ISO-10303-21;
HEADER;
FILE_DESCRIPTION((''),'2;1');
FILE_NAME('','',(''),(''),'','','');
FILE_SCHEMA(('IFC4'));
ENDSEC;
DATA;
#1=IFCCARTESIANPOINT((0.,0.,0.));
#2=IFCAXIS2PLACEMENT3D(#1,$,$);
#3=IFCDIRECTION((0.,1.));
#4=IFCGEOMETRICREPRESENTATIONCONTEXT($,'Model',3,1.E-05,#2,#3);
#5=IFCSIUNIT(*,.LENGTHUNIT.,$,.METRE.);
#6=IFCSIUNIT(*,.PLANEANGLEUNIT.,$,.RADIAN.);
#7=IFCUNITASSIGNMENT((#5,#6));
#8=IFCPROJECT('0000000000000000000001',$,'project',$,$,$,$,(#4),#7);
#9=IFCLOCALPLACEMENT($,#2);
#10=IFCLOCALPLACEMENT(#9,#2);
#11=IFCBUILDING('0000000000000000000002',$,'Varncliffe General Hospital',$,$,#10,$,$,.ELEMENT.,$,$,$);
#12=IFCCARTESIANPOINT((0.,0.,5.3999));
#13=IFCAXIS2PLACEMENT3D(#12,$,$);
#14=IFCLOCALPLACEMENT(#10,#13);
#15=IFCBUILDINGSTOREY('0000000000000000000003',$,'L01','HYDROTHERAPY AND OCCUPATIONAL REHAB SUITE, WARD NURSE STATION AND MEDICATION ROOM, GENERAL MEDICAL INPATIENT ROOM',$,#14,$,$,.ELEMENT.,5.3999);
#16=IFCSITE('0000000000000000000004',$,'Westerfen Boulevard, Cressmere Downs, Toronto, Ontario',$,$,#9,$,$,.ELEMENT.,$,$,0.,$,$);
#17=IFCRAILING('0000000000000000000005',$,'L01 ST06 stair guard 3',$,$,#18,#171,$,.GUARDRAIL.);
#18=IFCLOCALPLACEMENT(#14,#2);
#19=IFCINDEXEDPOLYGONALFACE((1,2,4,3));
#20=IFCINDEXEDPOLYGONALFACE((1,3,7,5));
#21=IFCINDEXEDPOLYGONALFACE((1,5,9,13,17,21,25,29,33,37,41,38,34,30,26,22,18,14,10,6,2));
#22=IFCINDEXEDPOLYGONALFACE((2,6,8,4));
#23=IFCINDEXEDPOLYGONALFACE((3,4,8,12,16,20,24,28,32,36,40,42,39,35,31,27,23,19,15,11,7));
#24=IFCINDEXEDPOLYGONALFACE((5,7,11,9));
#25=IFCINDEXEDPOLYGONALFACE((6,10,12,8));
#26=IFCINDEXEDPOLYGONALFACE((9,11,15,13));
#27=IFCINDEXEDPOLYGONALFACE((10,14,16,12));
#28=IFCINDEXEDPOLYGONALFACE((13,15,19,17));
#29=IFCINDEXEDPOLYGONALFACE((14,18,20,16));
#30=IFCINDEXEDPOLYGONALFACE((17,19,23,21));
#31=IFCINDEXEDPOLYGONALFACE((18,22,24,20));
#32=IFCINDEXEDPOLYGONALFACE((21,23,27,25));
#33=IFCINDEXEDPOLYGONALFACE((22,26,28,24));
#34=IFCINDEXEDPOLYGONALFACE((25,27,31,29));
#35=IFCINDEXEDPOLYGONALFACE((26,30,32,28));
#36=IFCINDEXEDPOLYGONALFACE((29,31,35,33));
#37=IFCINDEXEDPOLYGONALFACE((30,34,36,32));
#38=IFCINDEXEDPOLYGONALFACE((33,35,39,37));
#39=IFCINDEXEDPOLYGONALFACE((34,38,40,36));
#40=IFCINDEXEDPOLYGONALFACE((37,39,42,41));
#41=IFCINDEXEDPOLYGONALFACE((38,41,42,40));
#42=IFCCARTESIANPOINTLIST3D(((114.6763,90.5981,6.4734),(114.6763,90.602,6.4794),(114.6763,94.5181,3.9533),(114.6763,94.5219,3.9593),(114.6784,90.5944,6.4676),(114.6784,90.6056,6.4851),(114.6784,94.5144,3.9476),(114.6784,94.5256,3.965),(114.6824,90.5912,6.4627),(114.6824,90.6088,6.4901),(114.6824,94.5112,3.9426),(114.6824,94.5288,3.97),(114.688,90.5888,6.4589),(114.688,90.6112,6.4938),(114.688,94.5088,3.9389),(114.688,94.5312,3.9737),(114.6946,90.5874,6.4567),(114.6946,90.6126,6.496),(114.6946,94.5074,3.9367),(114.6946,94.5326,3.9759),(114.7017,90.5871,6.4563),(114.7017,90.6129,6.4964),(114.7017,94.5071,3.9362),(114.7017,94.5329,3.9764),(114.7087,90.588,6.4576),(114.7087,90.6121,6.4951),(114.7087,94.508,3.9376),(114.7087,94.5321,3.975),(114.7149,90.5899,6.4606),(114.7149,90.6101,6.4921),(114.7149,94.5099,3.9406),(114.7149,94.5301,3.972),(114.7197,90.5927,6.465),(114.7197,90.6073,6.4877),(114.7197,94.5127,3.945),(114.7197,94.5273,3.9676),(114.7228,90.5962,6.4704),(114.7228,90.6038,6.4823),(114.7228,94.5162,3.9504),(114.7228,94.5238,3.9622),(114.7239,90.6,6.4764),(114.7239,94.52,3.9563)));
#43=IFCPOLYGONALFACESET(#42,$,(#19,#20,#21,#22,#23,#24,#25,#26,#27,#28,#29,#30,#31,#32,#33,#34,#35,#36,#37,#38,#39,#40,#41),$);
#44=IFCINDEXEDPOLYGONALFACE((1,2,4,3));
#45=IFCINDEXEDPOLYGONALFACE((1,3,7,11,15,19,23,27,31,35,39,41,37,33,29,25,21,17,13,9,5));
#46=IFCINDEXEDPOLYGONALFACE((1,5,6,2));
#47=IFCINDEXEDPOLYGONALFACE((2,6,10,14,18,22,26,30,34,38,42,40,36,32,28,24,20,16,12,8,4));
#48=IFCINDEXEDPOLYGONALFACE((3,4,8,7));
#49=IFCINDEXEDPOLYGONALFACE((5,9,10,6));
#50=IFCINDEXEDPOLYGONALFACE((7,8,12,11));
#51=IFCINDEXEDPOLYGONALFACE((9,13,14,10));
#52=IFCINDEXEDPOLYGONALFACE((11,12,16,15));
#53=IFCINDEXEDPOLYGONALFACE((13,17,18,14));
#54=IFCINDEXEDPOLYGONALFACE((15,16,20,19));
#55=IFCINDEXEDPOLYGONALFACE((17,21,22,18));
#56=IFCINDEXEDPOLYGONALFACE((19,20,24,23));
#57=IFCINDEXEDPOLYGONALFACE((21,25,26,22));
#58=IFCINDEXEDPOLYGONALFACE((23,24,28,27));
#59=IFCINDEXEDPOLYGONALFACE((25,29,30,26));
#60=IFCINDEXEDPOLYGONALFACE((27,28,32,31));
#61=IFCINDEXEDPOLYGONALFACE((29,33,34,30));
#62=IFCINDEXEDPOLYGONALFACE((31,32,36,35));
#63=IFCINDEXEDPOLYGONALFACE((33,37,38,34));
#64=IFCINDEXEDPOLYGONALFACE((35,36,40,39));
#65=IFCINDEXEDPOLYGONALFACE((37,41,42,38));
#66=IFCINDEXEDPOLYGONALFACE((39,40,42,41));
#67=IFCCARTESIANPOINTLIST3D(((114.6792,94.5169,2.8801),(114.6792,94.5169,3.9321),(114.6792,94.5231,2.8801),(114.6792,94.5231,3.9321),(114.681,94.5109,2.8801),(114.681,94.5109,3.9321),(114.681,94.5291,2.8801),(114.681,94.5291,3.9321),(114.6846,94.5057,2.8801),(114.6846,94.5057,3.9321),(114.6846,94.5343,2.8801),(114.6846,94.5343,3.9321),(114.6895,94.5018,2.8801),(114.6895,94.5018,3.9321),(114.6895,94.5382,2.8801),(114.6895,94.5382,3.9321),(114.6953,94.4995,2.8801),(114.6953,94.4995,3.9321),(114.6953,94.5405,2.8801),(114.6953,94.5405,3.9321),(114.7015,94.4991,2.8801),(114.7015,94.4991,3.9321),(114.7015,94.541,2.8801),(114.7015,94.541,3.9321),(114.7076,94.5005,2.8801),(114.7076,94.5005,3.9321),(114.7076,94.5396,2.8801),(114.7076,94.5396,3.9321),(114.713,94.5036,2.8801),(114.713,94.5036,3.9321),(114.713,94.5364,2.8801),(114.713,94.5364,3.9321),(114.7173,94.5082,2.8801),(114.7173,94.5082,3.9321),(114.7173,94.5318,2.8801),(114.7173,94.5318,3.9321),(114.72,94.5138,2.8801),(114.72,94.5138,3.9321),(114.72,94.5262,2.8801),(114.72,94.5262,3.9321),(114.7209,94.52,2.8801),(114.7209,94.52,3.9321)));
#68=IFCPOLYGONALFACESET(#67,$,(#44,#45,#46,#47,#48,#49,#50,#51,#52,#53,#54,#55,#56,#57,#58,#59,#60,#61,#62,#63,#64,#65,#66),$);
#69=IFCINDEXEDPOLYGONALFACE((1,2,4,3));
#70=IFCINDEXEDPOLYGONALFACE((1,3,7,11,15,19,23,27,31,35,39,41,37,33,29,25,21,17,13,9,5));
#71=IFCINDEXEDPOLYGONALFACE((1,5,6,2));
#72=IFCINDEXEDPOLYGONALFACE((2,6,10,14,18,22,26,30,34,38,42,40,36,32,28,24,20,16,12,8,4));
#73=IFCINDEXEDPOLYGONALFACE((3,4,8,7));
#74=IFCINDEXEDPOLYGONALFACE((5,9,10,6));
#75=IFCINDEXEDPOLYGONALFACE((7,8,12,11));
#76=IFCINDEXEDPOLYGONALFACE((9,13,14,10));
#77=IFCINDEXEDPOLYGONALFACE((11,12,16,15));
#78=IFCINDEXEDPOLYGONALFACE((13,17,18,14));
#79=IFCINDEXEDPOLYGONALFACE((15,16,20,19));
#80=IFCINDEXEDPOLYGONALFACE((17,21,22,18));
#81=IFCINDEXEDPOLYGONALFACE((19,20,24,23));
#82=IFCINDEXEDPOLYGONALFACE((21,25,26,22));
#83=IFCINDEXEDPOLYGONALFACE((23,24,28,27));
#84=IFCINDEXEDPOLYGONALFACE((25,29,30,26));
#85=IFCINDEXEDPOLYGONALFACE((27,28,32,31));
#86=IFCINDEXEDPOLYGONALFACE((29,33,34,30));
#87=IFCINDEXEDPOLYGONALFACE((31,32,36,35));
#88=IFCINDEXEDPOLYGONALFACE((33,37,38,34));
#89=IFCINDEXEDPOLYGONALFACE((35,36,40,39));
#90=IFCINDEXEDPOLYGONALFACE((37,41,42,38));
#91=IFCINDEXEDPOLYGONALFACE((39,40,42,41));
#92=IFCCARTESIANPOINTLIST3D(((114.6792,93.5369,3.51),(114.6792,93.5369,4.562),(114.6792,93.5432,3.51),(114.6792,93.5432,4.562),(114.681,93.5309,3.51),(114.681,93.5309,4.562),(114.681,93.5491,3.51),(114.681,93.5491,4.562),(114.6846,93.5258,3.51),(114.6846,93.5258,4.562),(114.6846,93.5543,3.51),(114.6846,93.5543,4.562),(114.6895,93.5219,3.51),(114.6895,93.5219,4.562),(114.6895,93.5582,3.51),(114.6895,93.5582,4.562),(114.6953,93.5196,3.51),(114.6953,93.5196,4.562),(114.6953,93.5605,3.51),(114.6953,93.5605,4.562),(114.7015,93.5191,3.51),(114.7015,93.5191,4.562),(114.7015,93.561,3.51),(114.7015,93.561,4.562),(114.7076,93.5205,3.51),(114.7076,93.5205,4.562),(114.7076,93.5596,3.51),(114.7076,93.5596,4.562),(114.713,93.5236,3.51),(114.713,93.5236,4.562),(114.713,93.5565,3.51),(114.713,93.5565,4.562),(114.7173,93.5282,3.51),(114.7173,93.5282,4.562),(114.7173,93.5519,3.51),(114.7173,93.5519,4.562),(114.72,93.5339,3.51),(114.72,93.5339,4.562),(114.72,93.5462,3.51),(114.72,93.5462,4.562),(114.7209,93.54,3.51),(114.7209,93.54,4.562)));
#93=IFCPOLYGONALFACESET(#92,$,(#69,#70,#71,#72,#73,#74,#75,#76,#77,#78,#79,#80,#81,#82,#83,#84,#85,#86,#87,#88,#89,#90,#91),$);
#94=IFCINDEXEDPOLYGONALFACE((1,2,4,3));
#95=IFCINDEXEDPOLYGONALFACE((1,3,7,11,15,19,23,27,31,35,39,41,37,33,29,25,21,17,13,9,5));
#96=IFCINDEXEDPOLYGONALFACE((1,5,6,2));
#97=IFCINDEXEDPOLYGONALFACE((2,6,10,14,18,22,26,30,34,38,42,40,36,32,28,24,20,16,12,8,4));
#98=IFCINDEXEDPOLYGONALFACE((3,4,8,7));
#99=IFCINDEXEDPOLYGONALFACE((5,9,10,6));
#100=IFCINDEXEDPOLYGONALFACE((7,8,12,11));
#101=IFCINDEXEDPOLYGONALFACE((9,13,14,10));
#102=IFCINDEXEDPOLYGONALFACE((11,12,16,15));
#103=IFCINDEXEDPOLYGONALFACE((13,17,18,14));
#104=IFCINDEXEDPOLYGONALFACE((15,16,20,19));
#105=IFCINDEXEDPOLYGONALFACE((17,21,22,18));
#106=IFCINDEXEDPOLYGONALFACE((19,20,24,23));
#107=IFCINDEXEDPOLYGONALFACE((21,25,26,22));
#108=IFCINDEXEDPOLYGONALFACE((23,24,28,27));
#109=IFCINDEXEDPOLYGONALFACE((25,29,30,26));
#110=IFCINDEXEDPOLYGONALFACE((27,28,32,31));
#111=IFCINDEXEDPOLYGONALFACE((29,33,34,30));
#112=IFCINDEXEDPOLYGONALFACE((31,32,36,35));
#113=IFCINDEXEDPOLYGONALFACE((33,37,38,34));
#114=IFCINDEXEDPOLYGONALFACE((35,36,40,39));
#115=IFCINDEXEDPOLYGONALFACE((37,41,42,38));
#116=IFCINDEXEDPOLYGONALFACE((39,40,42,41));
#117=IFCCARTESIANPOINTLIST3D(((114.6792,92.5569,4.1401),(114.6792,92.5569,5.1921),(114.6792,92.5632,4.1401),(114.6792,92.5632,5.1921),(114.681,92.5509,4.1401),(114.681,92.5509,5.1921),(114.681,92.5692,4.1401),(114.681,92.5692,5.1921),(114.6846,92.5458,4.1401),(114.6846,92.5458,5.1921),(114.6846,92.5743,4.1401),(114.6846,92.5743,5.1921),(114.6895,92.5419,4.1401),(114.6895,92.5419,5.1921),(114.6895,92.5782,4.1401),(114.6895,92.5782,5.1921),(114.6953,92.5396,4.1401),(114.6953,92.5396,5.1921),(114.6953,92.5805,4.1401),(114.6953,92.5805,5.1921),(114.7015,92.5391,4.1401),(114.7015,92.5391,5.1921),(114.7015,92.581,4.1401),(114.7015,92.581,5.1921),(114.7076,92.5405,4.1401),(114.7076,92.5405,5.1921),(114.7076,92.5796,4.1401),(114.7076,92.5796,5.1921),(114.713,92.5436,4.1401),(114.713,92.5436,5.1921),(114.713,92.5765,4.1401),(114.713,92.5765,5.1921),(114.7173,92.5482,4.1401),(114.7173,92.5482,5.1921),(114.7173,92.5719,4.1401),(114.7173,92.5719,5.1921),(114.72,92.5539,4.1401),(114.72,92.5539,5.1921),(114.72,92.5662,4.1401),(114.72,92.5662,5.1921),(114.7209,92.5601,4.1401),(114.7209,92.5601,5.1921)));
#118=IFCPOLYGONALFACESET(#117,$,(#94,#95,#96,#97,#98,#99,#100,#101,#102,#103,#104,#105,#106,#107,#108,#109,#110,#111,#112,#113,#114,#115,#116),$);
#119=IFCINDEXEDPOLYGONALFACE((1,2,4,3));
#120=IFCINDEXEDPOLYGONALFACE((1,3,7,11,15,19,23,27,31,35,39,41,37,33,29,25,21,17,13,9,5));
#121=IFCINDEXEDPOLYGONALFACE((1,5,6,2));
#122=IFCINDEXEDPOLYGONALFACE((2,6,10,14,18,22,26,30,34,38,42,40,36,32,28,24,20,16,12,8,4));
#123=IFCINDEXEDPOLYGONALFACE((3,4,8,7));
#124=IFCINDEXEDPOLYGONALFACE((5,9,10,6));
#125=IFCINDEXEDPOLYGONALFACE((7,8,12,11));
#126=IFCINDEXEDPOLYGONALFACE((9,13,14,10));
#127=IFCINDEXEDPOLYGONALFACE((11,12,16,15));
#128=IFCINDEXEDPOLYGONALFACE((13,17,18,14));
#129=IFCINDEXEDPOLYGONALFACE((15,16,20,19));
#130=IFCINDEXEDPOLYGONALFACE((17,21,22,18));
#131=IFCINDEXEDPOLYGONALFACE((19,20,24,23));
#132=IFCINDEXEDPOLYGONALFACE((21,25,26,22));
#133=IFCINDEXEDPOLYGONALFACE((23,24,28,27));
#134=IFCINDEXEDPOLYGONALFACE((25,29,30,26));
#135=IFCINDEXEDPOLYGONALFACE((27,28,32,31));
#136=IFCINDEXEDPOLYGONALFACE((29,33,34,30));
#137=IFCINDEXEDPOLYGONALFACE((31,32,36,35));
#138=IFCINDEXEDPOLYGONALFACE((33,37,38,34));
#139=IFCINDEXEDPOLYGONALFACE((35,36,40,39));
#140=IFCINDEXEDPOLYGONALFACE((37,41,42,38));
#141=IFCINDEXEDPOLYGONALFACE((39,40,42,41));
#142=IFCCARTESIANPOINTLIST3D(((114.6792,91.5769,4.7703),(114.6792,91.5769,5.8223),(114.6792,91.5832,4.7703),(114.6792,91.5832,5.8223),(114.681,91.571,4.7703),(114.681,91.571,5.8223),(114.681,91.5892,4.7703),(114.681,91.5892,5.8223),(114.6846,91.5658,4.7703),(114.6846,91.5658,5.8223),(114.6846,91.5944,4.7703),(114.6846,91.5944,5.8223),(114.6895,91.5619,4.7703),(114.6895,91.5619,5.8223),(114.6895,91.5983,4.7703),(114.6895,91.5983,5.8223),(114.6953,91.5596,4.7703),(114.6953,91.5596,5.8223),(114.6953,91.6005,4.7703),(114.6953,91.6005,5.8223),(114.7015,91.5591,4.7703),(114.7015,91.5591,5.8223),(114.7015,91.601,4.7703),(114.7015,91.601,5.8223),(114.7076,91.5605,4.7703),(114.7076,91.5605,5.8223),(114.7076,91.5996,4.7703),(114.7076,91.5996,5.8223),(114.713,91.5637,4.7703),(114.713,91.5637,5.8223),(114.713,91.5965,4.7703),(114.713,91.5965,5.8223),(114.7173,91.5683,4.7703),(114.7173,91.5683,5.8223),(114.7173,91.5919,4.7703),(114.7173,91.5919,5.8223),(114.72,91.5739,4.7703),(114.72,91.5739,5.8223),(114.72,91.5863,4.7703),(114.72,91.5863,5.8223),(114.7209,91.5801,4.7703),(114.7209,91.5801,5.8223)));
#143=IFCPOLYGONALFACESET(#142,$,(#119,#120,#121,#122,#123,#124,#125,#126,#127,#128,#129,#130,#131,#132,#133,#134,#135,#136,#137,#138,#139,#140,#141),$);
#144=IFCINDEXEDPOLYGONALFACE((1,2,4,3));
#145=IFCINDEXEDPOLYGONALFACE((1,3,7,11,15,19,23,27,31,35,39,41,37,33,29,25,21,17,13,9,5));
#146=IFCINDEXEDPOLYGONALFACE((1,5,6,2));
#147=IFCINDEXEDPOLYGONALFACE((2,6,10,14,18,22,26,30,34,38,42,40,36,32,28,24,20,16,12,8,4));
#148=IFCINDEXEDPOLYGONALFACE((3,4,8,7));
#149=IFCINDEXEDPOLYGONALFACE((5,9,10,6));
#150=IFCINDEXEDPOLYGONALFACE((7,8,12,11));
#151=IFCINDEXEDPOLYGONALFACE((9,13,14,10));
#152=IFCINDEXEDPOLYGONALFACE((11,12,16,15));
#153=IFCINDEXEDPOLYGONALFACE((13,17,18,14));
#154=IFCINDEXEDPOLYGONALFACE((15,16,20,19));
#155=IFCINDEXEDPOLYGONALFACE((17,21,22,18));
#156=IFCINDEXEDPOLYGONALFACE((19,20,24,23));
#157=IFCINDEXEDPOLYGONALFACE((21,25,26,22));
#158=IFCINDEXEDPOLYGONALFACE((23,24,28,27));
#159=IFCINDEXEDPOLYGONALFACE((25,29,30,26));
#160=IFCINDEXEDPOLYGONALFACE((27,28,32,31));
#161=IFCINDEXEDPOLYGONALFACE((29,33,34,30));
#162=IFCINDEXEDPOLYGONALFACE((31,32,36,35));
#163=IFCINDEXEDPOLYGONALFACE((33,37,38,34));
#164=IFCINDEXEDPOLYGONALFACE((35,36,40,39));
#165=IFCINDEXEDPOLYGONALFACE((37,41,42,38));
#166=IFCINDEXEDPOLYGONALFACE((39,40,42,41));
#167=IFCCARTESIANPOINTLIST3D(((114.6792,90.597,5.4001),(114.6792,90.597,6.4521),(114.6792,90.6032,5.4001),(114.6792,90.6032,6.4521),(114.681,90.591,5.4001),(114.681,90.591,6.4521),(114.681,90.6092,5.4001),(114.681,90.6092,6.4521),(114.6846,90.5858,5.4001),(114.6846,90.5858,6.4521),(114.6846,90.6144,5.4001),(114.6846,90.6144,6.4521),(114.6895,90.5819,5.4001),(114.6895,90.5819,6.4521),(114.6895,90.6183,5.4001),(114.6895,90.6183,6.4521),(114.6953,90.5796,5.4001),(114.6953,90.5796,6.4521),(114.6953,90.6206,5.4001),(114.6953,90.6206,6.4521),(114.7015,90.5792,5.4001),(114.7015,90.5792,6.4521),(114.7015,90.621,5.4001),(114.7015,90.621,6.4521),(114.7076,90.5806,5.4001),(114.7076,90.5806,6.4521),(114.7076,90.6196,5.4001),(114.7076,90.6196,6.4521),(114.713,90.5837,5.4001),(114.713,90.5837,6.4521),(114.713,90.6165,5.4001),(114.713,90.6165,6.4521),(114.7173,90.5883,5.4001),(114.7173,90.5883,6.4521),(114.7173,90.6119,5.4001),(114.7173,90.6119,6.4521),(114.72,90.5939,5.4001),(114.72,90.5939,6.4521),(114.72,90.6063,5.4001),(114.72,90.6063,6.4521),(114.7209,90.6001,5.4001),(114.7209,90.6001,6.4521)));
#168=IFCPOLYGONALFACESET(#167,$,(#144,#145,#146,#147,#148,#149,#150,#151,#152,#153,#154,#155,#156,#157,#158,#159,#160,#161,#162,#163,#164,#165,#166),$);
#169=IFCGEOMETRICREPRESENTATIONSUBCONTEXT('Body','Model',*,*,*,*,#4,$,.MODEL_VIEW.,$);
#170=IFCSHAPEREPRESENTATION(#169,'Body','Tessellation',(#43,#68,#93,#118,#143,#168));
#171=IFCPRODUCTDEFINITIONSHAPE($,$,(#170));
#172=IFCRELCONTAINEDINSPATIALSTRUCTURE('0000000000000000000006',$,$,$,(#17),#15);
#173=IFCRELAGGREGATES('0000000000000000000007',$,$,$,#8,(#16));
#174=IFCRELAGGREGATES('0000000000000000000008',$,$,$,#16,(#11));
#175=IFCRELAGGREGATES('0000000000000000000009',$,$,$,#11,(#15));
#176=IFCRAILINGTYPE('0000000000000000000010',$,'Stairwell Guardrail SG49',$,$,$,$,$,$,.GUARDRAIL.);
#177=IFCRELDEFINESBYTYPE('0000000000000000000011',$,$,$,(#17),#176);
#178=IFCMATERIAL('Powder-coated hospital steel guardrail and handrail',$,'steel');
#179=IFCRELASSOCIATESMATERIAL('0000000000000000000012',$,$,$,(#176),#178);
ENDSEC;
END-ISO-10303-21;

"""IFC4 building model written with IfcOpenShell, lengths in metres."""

from ifc_helpers import new_model, si_unit, direction, frame, origin, origin_2d, place, context, subcontext, project, spatial, circle, extrude, material, type_object, element, save


model = new_model("IFC4")

# Units and contexts
model_context = context("Model", 3, precision=1e-05, world=origin(), true_north=direction((0.0, 1.0)))
body_context = subcontext(model_context, "Body", "Model", "MODEL_VIEW")
ifc_project = project(units=[si_unit("LENGTHUNIT", "METRE"), si_unit("PLANEANGLEUNIT", "RADIAN")], contexts=[model_context])

# Site, building, storey
site_placement = place(None, origin())
site = spatial("IfcSite", under=ifc_project, at=site_placement, Name="Westerfen Boulevard, Cressmere Downs, Toronto, Ontario", CompositionType="ELEMENT", RefElevation=0.0)
building_placement = place(site_placement, origin())
building = spatial("IfcBuilding", under=site, at=building_placement, Name="Varncliffe General Hospital", CompositionType="ELEMENT")
storey_placement = place(building_placement, frame((0.0, 0.0, 5.3999)))
storey = spatial("IfcBuildingStorey", under=building, at=storey_placement, Name="L01", Description="HYDROTHERAPY AND OCCUPATIONAL REHAB SUITE, WARD NURSE STATION AND MEDICATION ROOM, GENERAL MEDICAL INPATIENT ROOM", CompositionType="ELEMENT", Elevation=5.3999)

# Railing
ifc_material_1 = material(Name="Powder-coated hospital steel guardrail and handrail", Category="steel")
railing_type_1 = type_object("IfcRailingType", Name="Stairwell Guardrail SG49", PredefinedType="GUARDRAIL", material=ifc_material_1)
railing_1_placement = place(storey_placement, frame((114.7, 94.52, 2.8801)))
element("IfcRailing", 1, at=railing_1_placement, inside=storey, type_object=railing_type_1, Name="L01 ST06 stair guard 3", PredefinedType="GUARDRAIL", context=body_context, shape_type="SweptSolid", body=[
    extrude(circle(Radius=0.0239, at=origin_2d()), frame((0.0, 0.0, 1.0762), z_axis=(0.0, -0.841172, 0.540768), x_axis=(1.0, 0.0, 0.0)), (0.0, 0.0, 1.0), 4.6602),
    extrude(circle(Radius=0.021, at=origin_2d()), origin(), (0.0, 0.0, 1.0), 1.052),
    extrude(circle(Radius=0.021, at=origin_2d()), frame((0.0, -0.98, 0.6299)), (0.0, 0.0, 1.0), 1.052),
    extrude(circle(Radius=0.021, at=origin_2d()), frame((0.0, -1.96, 1.26)), (0.0, 0.0, 1.0), 1.052),
    extrude(circle(Radius=0.021, at=origin_2d()), frame((0.0, -2.9399, 1.8901)), (0.0, 0.0, 1.0), 1.052),
    extrude(circle(Radius=0.021, at=origin_2d()), frame((0.0, -3.9199, 2.52)), (0.0, 0.0, 1.0), 1.052),
])

save(model, "model.ifc")
